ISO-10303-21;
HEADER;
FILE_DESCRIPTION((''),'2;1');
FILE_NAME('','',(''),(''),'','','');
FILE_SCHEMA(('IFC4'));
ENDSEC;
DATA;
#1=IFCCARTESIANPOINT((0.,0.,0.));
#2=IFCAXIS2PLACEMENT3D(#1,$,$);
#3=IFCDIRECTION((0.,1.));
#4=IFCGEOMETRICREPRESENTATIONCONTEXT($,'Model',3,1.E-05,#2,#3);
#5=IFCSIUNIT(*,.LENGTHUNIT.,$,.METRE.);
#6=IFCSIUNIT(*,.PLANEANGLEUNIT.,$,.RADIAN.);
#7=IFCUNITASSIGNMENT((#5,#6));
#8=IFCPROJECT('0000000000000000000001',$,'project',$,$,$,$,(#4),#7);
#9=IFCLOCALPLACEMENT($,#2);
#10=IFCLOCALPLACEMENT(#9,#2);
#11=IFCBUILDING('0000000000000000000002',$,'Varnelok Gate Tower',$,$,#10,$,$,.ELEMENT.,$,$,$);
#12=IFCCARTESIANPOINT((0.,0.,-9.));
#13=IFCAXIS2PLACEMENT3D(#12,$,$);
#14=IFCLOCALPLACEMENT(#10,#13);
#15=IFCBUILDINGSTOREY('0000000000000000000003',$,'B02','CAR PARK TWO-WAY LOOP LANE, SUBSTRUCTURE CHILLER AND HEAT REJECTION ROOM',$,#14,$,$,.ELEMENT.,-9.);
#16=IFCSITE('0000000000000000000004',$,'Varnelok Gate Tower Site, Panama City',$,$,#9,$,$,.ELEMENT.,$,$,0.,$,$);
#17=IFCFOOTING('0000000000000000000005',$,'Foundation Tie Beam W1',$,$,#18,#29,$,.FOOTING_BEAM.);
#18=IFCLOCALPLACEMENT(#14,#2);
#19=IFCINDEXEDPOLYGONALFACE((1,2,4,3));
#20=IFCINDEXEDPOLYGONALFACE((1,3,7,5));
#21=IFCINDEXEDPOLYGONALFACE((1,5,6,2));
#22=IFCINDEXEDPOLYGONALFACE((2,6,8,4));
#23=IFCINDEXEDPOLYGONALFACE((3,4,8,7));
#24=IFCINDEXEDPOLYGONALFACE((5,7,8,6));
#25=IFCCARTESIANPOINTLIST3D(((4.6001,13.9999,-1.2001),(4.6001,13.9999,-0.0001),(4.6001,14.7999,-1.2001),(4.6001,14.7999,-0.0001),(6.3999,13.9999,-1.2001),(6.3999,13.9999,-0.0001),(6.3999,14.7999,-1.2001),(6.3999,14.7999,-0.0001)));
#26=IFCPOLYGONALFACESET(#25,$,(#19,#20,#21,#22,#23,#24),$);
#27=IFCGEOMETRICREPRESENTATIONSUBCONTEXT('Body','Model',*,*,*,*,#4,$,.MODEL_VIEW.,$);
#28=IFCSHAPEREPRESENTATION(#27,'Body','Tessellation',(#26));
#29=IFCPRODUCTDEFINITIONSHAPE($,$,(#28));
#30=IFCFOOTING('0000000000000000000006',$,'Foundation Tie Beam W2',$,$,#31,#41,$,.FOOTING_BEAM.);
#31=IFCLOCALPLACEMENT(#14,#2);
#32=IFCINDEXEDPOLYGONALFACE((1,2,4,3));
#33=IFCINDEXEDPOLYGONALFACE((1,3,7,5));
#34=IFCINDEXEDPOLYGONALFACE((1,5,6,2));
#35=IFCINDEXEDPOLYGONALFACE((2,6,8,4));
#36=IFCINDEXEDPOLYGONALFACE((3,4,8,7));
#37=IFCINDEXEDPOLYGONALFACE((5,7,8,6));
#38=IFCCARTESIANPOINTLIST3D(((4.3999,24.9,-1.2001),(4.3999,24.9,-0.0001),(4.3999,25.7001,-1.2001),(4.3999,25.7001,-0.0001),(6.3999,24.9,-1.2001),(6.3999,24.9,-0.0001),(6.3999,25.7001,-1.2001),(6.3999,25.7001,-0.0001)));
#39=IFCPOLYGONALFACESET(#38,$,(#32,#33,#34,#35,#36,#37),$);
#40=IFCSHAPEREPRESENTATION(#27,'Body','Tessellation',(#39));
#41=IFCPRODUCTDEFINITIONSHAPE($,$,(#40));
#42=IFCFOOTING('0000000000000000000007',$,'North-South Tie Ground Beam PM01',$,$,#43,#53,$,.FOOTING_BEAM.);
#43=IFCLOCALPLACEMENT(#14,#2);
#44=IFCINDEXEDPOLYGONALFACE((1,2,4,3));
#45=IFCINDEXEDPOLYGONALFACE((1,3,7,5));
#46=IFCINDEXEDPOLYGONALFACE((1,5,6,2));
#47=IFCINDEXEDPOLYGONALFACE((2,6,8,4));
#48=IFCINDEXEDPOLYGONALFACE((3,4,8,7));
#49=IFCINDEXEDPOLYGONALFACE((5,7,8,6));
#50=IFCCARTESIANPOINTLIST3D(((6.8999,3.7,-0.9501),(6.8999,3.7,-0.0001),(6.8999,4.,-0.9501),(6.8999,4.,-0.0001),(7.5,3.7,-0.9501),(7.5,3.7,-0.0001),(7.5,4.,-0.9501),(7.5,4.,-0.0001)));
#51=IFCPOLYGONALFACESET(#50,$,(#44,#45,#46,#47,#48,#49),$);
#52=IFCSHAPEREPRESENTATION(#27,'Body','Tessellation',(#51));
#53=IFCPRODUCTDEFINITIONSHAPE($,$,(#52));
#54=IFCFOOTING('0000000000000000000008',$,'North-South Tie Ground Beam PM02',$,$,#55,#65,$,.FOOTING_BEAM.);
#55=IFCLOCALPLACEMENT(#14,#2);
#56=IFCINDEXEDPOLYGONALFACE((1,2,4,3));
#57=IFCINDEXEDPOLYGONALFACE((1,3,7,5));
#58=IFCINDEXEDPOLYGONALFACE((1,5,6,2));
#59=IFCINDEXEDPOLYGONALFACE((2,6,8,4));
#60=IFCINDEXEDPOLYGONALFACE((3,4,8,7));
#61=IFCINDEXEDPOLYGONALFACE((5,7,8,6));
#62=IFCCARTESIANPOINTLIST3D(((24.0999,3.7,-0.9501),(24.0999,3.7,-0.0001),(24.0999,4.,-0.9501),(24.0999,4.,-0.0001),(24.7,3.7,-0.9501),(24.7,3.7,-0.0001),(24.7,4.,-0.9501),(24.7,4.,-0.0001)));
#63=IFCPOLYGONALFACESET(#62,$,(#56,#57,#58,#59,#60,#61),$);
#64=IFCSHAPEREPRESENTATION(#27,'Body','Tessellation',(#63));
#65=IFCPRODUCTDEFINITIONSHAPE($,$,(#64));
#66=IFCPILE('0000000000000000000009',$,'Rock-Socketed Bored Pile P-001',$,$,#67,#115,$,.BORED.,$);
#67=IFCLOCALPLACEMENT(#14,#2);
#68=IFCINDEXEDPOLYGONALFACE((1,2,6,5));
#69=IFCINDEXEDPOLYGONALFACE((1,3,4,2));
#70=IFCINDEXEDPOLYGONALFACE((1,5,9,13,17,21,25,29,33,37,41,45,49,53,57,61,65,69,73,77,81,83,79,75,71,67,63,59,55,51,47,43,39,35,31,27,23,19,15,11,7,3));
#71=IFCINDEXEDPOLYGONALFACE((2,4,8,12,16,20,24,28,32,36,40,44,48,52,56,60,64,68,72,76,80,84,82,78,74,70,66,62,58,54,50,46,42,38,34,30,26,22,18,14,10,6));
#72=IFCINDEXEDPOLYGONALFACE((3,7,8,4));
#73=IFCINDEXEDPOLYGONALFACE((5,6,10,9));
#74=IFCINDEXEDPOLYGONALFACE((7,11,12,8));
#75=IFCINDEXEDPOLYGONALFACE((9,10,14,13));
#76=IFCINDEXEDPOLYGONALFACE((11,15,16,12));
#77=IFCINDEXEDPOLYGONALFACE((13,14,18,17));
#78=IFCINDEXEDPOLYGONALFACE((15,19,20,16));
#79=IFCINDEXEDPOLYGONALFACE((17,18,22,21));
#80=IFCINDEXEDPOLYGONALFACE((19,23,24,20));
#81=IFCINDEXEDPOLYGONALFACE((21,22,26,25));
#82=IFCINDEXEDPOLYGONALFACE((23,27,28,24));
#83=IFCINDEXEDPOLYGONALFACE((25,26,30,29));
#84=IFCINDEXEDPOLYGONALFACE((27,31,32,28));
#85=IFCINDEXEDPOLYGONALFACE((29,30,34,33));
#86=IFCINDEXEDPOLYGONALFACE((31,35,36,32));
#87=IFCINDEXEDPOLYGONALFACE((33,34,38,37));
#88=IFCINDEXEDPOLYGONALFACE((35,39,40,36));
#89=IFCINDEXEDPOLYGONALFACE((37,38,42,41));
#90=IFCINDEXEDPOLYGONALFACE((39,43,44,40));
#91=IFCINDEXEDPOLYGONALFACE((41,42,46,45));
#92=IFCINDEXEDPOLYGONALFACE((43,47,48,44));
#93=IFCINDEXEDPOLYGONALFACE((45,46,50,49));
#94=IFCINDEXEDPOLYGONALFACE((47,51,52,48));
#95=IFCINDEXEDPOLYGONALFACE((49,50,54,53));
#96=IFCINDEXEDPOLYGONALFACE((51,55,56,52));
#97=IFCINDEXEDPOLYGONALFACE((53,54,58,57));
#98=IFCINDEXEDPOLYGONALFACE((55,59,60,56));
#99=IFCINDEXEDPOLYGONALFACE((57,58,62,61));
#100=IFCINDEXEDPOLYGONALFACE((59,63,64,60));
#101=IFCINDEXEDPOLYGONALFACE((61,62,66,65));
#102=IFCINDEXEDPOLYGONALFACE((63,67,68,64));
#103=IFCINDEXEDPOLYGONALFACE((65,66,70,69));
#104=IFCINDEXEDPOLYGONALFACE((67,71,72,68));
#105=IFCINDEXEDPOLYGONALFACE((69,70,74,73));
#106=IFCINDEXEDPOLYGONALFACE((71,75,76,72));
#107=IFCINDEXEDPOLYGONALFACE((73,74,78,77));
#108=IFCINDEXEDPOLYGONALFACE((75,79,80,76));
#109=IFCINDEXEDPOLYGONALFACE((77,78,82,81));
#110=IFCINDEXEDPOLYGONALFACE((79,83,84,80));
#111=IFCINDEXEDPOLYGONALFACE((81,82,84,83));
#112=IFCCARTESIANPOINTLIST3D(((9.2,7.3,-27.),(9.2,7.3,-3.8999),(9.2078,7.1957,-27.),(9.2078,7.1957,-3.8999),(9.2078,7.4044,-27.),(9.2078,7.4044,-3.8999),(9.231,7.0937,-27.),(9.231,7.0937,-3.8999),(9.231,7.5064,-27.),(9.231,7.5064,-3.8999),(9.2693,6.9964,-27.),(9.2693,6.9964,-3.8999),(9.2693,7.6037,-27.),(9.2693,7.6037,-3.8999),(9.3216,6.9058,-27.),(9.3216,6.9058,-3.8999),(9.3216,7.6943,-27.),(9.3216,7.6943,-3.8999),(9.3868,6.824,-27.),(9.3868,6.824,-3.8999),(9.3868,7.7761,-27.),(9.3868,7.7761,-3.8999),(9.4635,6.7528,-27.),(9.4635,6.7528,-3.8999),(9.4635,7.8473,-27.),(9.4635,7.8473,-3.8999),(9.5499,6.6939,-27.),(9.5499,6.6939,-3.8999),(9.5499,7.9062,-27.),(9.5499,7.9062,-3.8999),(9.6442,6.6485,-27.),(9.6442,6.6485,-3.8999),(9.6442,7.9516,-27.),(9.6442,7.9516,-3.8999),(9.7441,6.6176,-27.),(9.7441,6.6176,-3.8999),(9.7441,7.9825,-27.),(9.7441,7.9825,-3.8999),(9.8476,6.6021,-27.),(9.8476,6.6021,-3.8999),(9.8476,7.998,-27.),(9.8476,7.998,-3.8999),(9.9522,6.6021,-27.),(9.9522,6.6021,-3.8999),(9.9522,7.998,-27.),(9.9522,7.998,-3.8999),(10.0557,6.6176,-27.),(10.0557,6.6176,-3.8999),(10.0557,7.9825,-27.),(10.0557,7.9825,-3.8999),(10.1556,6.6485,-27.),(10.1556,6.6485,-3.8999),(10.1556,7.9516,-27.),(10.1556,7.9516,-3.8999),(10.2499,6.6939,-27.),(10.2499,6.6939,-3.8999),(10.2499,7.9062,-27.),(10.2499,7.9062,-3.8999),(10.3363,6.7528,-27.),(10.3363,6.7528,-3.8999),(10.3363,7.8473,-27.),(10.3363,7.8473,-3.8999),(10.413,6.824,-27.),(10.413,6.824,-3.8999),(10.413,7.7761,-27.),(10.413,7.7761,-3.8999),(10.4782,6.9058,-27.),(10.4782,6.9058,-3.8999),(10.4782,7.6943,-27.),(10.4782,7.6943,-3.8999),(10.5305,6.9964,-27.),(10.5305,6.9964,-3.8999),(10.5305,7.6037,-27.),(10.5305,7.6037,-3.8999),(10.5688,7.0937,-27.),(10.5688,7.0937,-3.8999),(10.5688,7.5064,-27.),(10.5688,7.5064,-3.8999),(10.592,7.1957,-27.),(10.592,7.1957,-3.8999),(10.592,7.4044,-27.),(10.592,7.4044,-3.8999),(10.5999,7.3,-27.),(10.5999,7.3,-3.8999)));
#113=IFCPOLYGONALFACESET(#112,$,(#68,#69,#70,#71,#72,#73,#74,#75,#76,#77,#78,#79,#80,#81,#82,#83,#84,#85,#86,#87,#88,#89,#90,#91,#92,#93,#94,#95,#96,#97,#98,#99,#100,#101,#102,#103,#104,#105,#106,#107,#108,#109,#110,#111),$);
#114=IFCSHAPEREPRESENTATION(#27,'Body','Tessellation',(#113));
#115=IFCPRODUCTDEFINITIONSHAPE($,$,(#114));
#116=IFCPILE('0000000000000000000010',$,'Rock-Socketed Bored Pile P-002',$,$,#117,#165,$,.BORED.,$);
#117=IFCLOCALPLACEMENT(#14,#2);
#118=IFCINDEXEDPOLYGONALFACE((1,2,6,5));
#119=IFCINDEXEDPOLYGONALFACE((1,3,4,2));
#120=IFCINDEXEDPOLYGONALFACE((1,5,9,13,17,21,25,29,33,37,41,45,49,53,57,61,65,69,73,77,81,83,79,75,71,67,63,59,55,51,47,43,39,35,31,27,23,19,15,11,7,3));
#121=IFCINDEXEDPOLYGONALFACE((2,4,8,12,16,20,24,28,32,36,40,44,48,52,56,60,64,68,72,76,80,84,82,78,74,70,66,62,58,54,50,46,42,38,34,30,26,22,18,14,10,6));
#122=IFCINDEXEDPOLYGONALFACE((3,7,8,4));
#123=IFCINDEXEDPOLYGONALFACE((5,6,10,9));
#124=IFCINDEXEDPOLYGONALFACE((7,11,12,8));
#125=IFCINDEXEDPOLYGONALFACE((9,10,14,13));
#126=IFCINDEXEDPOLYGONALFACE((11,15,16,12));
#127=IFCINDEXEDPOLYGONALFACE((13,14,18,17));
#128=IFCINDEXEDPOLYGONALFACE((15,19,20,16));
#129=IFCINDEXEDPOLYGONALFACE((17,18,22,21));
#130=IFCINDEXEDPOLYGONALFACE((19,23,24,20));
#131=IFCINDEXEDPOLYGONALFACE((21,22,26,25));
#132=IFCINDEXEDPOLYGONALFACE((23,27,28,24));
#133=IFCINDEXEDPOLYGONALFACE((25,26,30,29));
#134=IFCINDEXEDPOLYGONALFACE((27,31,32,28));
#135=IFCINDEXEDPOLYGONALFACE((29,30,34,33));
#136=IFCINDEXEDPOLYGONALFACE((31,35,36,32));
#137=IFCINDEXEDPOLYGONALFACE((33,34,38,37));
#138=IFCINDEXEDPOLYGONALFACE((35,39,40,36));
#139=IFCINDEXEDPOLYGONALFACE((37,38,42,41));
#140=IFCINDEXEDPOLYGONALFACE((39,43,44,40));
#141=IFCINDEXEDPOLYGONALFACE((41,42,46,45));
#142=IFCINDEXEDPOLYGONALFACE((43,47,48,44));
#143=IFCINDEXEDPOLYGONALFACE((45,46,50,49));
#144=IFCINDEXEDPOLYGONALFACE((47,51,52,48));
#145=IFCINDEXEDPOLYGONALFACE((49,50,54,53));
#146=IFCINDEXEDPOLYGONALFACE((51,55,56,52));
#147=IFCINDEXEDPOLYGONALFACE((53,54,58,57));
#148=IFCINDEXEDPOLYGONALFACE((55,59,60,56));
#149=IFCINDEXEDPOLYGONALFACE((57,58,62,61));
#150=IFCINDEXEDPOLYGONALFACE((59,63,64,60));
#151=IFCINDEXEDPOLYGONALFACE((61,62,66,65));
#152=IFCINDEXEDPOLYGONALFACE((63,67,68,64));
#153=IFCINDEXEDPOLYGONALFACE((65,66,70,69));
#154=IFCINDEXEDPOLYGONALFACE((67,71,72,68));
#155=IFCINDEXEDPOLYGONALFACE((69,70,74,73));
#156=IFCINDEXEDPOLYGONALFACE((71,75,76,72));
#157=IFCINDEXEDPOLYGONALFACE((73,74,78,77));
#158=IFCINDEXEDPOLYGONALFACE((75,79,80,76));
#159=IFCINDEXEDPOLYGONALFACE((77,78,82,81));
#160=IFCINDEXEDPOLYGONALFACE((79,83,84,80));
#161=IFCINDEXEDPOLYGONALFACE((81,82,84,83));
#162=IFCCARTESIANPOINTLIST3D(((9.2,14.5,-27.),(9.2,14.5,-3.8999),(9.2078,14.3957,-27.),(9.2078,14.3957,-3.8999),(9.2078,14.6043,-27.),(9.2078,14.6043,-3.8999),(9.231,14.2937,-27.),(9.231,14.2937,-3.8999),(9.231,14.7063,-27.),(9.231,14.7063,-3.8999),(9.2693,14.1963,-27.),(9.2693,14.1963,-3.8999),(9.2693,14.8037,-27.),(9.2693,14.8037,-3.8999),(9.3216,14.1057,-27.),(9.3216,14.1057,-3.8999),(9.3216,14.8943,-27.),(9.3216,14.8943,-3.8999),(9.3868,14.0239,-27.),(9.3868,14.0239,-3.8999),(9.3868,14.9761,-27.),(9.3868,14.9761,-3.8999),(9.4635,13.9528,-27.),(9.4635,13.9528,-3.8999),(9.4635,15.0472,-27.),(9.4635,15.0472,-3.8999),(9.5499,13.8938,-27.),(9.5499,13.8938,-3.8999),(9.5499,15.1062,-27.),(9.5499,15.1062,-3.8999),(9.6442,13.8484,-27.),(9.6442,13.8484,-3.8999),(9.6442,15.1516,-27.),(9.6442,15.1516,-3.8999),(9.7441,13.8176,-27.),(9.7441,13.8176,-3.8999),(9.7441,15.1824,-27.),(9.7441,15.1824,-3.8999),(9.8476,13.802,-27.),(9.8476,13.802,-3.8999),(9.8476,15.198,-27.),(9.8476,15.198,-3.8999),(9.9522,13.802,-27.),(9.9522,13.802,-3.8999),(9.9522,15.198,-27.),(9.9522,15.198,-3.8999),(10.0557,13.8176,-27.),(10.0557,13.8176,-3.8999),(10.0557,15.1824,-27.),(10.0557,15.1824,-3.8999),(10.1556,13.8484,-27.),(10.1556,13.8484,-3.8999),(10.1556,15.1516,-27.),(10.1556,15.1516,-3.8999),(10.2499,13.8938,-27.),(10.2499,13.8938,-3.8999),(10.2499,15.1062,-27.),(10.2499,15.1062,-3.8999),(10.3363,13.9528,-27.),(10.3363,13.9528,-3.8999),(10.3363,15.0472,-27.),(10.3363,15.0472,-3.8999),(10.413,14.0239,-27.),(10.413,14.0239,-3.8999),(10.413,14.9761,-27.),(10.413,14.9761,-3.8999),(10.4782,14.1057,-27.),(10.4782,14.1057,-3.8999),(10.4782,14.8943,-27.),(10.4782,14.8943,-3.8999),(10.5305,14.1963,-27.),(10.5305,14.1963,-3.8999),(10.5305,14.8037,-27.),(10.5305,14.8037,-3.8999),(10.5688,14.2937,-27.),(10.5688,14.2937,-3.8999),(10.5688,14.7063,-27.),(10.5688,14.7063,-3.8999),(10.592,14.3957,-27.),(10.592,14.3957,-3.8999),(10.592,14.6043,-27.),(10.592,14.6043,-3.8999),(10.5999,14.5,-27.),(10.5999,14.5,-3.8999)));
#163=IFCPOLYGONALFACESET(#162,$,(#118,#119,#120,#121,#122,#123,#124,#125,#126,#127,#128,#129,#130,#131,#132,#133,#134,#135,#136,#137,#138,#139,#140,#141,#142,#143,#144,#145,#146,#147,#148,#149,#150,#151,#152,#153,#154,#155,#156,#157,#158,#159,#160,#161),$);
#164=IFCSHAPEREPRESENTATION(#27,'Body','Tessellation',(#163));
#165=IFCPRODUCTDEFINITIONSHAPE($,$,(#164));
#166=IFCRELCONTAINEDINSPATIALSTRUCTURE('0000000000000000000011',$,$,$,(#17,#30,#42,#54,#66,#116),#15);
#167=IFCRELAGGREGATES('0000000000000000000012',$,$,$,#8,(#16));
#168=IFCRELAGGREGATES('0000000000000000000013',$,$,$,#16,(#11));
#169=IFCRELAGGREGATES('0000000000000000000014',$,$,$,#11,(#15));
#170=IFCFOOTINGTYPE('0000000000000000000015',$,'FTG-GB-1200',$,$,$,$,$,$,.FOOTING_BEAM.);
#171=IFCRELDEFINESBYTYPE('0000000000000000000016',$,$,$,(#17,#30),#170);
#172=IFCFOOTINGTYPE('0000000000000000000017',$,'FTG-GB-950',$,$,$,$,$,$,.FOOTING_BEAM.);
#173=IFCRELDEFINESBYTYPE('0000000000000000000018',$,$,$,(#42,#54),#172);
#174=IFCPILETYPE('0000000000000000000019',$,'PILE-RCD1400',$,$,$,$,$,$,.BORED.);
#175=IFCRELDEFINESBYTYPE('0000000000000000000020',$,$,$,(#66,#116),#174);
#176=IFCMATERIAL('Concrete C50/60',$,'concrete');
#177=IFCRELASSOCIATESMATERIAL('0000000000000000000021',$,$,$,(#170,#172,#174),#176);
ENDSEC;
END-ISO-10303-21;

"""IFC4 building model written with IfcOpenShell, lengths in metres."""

from ifc_helpers import new_model, si_unit, direction, frame, origin, origin_2d, place, context, subcontext, project, spatial, rectangle, circle, extrude, material, material_profile, profile_set, type_object, element, save


model = new_model("IFC4")

# Units and contexts
model_context = context("Model", 3, precision=1e-05, world=origin(), true_north=direction((0.0, 1.0)))
body_context = subcontext(model_context, "Body", "Model", "MODEL_VIEW")
ifc_project = project(units=[si_unit("LENGTHUNIT", "METRE"), si_unit("PLANEANGLEUNIT", "RADIAN")], contexts=[model_context])

# Site, building, storey
site_placement = place(None, origin())
site = spatial("IfcSite", under=ifc_project, at=site_placement, Name="Varnelok Gate Tower Site, Panama City", CompositionType="ELEMENT", RefElevation=0.0)
building_placement = place(site_placement, origin())
building = spatial("IfcBuilding", under=site, at=building_placement, Name="Varnelok Gate Tower", CompositionType="ELEMENT")
storey_placement = place(building_placement, frame((0.0, 0.0, -9.0)))
storey = spatial("IfcBuildingStorey", under=building, at=storey_placement, Name="B02", Description="CAR PARK TWO-WAY LOOP LANE, SUBSTRUCTURE CHILLER AND HEAT REJECTION ROOM", CompositionType="ELEMENT", Elevation=-9.0)

# Footings
ifc_material_1 = material(Name="Concrete C50/60", Category="concrete")
ifc_material_profile_1 = material_profile(ifc_material_1, rectangle(XDim=0.8, YDim=1.2, at=origin_2d()), Name="RC1200X800")
ifc_profile_set_1 = profile_set([ifc_material_profile_1], Name="Concrete C50/60")
footing_type_1 = type_object("IfcFootingType", Name="FTG-GB-1200", PredefinedType="FOOTING_BEAM", material=ifc_profile_set_1)
footing_1_placement = place(storey_placement, frame((4.6001, 14.3999, -0.6001), z_axis=(1.0, 0.0, 0.0), x_axis=(0.0, 1.0, 0.0)))
element("IfcFooting", 1, at=footing_1_placement, inside=storey, type_object=footing_type_1, Name="Foundation Tie Beam W1", PredefinedType="FOOTING_BEAM", context=body_context, shape_type="SweptSolid", body=[
    extrude(rectangle(XDim=0.8, YDim=1.2, at=origin_2d()), origin(), (0.0, 0.0, 1.0), 1.7998),
])
footing_2_placement = place(storey_placement, frame((4.3999, 25.3, -0.6001), z_axis=(1.0, 0.0, 0.0), x_axis=(0.0, 1.0, 0.0)))
element("IfcFooting", 2, at=footing_2_placement, inside=storey, type_object=footing_type_1, Name="Foundation Tie Beam W2", PredefinedType="FOOTING_BEAM", context=body_context, shape_type="SweptSolid", body=[
    extrude(rectangle(XDim=0.8, YDim=1.2, at=origin_2d()), origin(), (0.0, 0.0, 1.0), 2.0),
])
ifc_material_profile_2 = material_profile(ifc_material_1, rectangle(XDim=0.6001, YDim=0.95, at=origin_2d()), Name="RC950X600")
ifc_profile_set_2 = profile_set([ifc_material_profile_2], Name="Concrete C50/60")
footing_type_2 = type_object("IfcFootingType", Name="FTG-GB-950", PredefinedType="FOOTING_BEAM", material=ifc_profile_set_2)
for number, where, z_axis, x_axis, name in (
    (3, (7.2, 3.7, -0.4751), (0.0, 1.0, 0.0), (-1.0, 0.0, 0.0), "North-South Tie Ground Beam PM01"),
    (4, (24.3999, 3.7, -0.4751), (0.0, 1.0, 0.0), (-1.0, 0.0, 0.0), "North-South Tie Ground Beam PM02"),
):
    element("IfcFooting", number, at=place(storey_placement, frame(where, z_axis=z_axis, x_axis=x_axis)), inside=storey, type_object=footing_type_2, Name=name, PredefinedType="FOOTING_BEAM", context=body_context, shape_type="SweptSolid", body=[
        extrude(rectangle(XDim=0.6001, YDim=0.95, at=origin_2d()), origin(), (0.0, 0.0, 1.0), 0.3),
    ])

# Piles
ifc_material_profile_3 = material_profile(ifc_material_1, circle(Radius=0.7, at=origin_2d()), Name="RCD1400")
ifc_profile_set_3 = profile_set([ifc_material_profile_3], Name="Concrete C50/60")
pile_type_1 = type_object("IfcPileType", Name="PILE-RCD1400", PredefinedType="BORED", material=ifc_profile_set_3)
for number, where, z_axis, x_axis, name in (
    (5, (9.8999, 7.3, -3.8999), (0.0, 0.0, -1.0), (1.0, 0.0, 0.0), "Rock-Socketed Bored Pile P-001"),
    (6, (9.8999, 14.5, -3.8999), (0.0, 0.0, -1.0), (1.0, 0.0, 0.0), "Rock-Socketed Bored Pile P-002"),
):
    element("IfcPile", number, at=place(storey_placement, frame(where, z_axis=z_axis, x_axis=x_axis)), inside=storey, type_object=pile_type_1, Name=name, PredefinedType="BORED", context=body_context, shape_type="SweptSolid", body=[
        extrude(circle(Radius=0.7, at=origin_2d()), origin(), (0.0, 0.0, 1.0), 23.1001),
    ])

save(model, "model.ifc")
